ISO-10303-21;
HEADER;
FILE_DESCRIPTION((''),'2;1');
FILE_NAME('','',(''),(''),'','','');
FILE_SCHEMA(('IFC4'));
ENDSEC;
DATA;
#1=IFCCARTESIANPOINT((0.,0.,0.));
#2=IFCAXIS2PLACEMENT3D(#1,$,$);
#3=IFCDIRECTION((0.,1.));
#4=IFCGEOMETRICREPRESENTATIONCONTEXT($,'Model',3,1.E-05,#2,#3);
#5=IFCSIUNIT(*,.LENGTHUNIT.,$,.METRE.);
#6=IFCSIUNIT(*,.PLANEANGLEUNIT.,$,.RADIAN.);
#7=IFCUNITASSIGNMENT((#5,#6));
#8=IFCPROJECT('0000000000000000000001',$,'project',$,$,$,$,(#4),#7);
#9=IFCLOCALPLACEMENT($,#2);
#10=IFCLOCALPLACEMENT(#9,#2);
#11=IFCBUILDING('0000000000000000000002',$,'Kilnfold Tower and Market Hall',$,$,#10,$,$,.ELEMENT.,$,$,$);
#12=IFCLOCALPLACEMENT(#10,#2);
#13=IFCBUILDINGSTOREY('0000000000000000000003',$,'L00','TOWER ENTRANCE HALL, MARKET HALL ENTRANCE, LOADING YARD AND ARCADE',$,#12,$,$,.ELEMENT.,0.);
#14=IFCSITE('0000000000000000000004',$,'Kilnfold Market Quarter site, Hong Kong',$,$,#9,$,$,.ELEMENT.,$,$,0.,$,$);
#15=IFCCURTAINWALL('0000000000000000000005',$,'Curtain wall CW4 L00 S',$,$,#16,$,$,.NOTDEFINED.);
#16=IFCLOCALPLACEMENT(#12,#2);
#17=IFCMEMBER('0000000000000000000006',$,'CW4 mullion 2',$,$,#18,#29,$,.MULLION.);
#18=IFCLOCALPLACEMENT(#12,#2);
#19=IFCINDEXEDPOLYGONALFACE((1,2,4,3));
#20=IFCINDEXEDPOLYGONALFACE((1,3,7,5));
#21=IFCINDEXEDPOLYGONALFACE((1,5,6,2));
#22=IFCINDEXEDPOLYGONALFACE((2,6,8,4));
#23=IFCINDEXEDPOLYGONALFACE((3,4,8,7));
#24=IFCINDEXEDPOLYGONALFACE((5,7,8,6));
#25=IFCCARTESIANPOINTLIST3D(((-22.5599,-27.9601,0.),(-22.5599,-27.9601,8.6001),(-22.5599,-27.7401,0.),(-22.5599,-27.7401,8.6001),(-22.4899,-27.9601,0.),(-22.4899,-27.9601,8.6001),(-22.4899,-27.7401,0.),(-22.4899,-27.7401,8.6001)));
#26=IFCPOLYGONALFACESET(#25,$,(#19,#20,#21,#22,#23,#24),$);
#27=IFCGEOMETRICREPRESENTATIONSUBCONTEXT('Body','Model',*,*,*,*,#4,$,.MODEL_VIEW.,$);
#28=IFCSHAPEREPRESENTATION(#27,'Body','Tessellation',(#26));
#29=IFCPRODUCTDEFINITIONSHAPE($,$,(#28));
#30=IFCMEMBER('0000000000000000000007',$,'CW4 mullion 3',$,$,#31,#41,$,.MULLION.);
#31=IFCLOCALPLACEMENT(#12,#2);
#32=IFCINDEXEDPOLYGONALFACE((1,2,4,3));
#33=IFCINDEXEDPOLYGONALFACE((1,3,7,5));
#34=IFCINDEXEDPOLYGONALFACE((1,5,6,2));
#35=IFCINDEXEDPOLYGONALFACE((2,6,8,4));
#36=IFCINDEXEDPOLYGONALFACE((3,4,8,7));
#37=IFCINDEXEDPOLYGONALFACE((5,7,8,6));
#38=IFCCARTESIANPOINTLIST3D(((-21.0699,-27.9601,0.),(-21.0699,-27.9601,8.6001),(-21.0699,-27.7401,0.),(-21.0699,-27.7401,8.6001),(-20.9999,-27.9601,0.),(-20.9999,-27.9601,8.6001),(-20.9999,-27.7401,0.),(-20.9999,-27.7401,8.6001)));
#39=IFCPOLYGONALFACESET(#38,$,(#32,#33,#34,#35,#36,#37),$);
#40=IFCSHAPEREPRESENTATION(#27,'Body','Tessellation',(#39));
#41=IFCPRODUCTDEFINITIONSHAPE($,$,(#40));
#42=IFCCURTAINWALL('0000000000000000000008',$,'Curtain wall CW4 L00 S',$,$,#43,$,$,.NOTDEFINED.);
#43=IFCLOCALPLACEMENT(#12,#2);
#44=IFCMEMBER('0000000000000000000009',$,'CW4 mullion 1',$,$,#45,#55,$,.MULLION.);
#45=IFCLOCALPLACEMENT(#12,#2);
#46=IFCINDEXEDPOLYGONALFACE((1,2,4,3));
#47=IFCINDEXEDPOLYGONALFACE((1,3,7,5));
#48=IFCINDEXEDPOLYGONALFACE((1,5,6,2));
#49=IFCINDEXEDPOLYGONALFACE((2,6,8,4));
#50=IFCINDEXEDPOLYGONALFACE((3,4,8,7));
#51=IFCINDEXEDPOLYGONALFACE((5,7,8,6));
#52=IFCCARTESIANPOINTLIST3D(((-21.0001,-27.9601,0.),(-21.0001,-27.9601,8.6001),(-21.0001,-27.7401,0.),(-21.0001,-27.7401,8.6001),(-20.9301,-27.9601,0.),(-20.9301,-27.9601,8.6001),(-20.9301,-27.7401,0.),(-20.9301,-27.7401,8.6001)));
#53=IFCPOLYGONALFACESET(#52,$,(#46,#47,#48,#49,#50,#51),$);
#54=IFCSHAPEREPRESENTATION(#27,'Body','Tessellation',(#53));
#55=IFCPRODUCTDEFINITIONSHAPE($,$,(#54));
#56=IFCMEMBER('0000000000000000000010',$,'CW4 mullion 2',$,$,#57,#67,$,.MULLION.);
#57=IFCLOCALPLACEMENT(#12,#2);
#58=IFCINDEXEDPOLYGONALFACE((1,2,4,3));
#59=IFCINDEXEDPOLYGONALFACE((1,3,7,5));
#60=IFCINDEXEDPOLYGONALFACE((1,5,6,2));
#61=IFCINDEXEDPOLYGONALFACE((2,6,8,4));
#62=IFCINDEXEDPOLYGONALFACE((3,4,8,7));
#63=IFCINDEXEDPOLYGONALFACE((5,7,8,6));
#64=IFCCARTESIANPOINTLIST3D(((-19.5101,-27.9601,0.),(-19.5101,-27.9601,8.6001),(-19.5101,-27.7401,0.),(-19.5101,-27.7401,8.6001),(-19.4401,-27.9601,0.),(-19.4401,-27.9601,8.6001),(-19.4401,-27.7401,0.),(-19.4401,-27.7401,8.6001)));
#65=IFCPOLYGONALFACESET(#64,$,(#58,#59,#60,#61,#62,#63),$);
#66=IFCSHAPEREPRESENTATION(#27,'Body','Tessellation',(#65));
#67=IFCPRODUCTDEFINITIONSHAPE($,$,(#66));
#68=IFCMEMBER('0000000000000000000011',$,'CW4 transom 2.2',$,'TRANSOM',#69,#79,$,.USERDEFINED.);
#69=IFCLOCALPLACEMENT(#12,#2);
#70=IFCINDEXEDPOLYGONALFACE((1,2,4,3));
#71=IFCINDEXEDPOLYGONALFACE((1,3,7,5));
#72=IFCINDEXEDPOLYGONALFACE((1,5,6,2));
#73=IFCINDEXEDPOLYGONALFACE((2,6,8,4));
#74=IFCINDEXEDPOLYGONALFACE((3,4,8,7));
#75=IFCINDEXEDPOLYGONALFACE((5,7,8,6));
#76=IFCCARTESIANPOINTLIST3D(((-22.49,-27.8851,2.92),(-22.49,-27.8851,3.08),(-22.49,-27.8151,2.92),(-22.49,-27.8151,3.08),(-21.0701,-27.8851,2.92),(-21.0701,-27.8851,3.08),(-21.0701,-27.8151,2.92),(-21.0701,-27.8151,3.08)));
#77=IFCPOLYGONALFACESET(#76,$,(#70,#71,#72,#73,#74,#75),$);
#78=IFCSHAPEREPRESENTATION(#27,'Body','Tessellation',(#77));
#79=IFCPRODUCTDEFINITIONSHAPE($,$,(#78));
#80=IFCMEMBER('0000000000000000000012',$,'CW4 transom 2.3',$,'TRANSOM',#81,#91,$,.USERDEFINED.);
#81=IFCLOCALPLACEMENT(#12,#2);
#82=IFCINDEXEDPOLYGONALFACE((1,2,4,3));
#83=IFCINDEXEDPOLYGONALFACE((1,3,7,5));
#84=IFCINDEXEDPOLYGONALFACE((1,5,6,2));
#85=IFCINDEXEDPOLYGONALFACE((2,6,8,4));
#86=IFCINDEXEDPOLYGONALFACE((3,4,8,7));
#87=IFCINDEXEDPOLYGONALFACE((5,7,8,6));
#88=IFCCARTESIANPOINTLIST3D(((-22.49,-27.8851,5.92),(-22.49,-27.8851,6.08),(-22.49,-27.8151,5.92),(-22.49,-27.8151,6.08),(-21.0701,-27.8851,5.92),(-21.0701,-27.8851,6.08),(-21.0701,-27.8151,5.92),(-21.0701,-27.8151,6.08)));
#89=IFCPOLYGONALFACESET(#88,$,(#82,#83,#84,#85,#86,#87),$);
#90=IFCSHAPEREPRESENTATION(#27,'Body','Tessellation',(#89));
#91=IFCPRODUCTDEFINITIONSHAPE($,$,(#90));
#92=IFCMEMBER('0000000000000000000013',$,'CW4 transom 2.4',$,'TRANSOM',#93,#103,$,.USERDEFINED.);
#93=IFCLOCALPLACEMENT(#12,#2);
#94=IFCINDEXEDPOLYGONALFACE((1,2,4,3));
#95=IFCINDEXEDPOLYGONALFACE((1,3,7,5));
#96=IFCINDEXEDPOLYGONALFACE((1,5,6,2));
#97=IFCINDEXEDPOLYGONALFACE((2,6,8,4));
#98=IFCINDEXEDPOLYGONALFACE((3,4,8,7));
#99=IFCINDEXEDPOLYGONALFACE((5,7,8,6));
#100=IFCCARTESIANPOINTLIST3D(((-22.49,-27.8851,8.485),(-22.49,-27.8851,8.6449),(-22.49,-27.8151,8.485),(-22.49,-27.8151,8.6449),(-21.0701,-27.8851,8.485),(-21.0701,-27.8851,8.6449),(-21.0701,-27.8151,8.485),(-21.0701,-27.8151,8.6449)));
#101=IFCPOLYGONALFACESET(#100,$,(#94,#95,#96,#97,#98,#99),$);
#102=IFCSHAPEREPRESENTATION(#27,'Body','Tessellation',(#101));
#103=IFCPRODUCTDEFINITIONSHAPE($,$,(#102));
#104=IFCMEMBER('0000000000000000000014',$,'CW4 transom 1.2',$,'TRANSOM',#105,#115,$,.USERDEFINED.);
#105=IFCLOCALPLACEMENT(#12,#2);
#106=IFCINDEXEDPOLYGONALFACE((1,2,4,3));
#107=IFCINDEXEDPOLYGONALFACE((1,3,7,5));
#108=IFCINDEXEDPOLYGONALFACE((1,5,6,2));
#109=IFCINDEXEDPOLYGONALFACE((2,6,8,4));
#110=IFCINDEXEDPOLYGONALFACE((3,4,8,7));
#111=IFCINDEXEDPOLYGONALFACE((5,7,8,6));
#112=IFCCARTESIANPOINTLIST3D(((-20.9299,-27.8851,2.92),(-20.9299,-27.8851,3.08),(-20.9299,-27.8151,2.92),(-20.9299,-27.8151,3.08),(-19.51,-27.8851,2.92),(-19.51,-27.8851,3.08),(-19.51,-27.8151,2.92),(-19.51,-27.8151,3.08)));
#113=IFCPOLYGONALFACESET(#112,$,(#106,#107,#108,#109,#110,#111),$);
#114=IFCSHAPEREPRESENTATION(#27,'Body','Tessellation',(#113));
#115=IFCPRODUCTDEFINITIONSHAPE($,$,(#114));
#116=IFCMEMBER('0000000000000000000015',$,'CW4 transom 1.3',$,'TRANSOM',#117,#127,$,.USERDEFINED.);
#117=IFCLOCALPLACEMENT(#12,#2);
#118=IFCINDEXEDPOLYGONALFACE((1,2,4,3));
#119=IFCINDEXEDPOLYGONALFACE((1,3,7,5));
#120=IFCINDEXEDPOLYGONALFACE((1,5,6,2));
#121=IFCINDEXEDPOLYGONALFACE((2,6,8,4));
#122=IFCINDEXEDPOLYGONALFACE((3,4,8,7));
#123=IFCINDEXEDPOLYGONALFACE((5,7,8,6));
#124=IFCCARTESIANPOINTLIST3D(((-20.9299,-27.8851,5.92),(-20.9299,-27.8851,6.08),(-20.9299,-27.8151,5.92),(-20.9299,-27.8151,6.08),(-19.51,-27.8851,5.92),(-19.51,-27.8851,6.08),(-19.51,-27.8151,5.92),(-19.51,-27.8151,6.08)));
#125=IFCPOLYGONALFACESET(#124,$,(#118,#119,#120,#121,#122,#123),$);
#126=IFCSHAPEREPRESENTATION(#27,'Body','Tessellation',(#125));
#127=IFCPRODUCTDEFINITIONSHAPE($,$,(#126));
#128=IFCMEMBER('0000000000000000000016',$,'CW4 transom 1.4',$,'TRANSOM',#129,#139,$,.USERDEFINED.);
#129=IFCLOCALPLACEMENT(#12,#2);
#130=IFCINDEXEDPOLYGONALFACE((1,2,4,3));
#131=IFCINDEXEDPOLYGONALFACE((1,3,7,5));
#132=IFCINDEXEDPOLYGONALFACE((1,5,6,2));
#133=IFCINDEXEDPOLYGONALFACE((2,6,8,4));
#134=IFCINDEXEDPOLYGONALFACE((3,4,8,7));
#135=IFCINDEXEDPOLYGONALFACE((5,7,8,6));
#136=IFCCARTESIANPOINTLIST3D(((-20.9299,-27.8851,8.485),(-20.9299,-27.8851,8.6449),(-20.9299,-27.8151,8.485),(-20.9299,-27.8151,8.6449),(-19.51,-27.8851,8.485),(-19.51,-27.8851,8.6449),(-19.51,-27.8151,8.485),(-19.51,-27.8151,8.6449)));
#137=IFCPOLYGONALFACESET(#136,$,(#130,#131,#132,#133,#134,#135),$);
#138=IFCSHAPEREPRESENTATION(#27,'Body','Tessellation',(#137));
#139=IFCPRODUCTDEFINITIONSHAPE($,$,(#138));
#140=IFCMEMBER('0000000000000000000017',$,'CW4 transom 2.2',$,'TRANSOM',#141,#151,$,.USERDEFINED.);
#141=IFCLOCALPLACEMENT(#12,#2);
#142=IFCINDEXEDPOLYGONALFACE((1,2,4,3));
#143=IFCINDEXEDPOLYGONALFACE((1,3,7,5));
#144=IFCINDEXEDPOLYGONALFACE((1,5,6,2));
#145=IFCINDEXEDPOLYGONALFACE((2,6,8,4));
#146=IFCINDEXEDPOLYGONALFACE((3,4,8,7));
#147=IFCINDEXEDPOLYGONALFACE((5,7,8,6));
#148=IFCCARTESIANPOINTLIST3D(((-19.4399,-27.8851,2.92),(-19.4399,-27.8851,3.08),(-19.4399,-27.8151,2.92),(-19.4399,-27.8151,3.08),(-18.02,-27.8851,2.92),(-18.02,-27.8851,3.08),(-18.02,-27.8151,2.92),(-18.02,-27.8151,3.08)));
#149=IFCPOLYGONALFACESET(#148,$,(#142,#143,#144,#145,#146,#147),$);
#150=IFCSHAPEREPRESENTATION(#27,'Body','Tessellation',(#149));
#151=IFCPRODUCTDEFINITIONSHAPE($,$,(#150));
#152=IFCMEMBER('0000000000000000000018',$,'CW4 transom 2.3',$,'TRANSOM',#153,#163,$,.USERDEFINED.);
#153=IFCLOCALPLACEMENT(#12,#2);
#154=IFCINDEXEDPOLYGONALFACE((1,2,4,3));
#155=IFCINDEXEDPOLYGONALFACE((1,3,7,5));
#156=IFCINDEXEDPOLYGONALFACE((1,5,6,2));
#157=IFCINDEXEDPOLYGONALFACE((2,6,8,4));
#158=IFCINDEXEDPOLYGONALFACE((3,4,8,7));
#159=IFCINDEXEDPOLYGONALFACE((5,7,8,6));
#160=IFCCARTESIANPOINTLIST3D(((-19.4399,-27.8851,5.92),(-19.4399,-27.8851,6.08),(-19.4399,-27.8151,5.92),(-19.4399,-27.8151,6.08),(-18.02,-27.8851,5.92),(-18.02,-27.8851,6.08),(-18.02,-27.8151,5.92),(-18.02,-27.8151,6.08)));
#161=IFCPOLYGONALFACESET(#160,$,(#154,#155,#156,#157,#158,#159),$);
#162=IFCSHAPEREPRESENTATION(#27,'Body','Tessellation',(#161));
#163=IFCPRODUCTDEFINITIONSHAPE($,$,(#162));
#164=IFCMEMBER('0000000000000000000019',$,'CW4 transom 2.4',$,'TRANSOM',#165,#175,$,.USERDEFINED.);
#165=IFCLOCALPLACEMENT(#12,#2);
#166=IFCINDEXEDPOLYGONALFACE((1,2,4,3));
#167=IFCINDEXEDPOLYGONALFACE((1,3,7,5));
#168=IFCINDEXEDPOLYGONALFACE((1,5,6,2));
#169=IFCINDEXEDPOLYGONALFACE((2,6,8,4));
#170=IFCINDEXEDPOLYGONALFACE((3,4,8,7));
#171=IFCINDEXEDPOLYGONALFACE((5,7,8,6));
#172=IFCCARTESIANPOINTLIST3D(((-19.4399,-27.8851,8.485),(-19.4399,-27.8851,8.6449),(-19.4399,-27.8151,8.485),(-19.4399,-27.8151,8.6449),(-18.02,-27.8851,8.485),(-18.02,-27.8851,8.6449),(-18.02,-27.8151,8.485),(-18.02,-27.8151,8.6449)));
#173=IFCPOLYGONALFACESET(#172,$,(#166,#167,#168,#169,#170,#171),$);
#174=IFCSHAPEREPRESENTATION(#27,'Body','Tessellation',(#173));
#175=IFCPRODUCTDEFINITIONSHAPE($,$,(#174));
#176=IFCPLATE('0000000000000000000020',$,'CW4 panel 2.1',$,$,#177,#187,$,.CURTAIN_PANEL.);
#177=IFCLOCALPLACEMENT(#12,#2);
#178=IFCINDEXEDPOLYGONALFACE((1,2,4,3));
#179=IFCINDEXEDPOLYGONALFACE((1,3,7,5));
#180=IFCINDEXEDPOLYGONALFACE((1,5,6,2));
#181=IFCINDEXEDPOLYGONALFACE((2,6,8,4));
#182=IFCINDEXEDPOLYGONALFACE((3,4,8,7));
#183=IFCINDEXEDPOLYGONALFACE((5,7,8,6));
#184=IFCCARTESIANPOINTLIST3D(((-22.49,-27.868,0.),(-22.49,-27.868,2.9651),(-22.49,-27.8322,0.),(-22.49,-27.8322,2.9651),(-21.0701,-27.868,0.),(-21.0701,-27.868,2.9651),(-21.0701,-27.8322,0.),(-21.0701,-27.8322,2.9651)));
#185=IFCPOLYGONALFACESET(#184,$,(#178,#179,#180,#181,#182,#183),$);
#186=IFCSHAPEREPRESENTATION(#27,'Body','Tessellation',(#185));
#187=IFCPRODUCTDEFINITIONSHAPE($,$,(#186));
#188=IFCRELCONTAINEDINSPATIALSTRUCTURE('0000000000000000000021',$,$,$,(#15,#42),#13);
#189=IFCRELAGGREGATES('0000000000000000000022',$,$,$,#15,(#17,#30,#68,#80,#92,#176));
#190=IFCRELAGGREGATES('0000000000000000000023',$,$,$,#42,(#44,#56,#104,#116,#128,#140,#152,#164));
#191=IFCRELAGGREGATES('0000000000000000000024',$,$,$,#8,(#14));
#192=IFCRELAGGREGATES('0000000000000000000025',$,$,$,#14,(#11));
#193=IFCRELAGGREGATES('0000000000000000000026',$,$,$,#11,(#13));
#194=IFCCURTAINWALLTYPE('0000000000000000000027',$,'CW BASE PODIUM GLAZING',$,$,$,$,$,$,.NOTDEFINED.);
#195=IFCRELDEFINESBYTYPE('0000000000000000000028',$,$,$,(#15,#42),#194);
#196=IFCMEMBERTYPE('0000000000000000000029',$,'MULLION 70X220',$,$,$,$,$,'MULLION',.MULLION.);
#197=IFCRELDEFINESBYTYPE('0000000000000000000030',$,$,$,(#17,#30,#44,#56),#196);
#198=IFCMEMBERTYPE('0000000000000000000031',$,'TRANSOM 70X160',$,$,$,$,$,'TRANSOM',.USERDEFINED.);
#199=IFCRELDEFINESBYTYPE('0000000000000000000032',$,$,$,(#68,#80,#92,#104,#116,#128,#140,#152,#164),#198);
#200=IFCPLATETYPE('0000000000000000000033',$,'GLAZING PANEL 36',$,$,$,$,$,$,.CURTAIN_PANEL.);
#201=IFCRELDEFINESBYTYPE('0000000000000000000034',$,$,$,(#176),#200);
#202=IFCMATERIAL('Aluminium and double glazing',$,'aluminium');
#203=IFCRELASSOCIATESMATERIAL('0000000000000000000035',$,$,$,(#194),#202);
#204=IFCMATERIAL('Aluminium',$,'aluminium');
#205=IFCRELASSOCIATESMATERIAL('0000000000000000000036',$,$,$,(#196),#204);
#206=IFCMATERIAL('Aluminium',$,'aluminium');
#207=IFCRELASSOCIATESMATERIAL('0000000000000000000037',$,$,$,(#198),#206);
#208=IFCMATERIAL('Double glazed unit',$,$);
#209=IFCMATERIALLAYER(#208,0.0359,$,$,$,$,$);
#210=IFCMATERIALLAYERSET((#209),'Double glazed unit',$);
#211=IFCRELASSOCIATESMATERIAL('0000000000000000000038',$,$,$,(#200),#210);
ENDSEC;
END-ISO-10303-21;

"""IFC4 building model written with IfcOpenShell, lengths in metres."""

from ifc_helpers import new_model, si_unit, direction, frame, origin, origin_2d, place, context, subcontext, project, spatial, rectangle, extrude, source, transform, mapped, material, layer, layer_set, material_profile, profile_set, type_object, element, aggregate, save


model = new_model("IFC4")

# Units and contexts
model_context = context("Model", 3, precision=1e-05, world=origin(), true_north=direction((0.0, 1.0)))
body_context = subcontext(model_context, "Body", "Model", "MODEL_VIEW")
ifc_project = project(units=[si_unit("LENGTHUNIT", "METRE"), si_unit("PLANEANGLEUNIT", "RADIAN")], contexts=[model_context])

# Site, building, storey
site_placement = place(None, origin())
site = spatial("IfcSite", under=ifc_project, at=site_placement, Name="Kilnfold Market Quarter site, Hong Kong", CompositionType="ELEMENT", RefElevation=0.0)
building_placement = place(site_placement, origin())
building = spatial("IfcBuilding", under=site, at=building_placement, Name="Kilnfold Tower and Market Hall", CompositionType="ELEMENT")
storey_placement = place(building_placement, origin())
storey = spatial("IfcBuildingStorey", under=building, at=storey_placement, Name="L00", Description="TOWER ENTRANCE HALL, MARKET HALL ENTRANCE, LOADING YARD AND ARCADE", CompositionType="ELEMENT", Elevation=0.0)

# Curtain walls, members
ifc_material_1 = material(Name="Aluminium and double glazing", Category="aluminium")
curtain_wall_type = type_object("IfcCurtainWallType", Name="CW BASE PODIUM GLAZING", PredefinedType="NOTDEFINED", material=ifc_material_1)
curtain_wall_1_placement = place(storey_placement, origin())
curtain_wall_1 = element("IfcCurtainWall", 1, at=curtain_wall_1_placement, inside=storey, type_object=curtain_wall_type, Name="Curtain wall CW4 L00 S", PredefinedType="NOTDEFINED")
ifc_material_2 = material(Name="Aluminium", Category="aluminium")
ifc_material_profile_1 = material_profile(ifc_material_2, rectangle(XDim=0.0701, YDim=0.22, at=origin_2d()), Name="MULLION 70x220")
ifc_profile_set_1 = profile_set([ifc_material_profile_1], Name="Aluminium")
member_type_1 = type_object("IfcMemberType", Name="MULLION 70X220", ElementType="MULLION", PredefinedType="MULLION", material=ifc_profile_set_1)
shared_shape_1 = source(origin(), body_context, "Body", "SweptSolid", [
    extrude(rectangle(XDim=0.0701, YDim=0.22, at=origin_2d()), origin(), (0.0, 0.0, 1.0), 8.6001),
])
member_1_placement = place(storey_placement, frame((-22.5249, -27.8501, 0.0), z_axis=(0.0, 0.0, 1.0), x_axis=(1.0, 0.0, 0.0)))
member_1 = element("IfcMember", 2, at=member_1_placement, type_object=member_type_1, Name="CW4 mullion 2", PredefinedType="MULLION", context=body_context, shape_type="MappedRepresentation", body=[
    mapped(shared_shape_1, transform((0.0, 0.0, 0.0))),
])
member_2_placement = place(storey_placement, frame((-21.0349, -27.8501, 0.0), z_axis=(0.0, 0.0, 1.0), x_axis=(1.0, 0.0, 0.0)))
member_2 = element("IfcMember", 3, at=member_2_placement, type_object=member_type_1, Name="CW4 mullion 3", PredefinedType="MULLION", context=body_context, shape_type="MappedRepresentation", body=[
    mapped(shared_shape_1, transform((0.0, 0.0, 0.0))),
])
curtain_wall_2_placement = place(storey_placement, origin())
curtain_wall_2 = element("IfcCurtainWall", 4, at=curtain_wall_2_placement, inside=storey, type_object=curtain_wall_type, Name="Curtain wall CW4 L00 S", PredefinedType="NOTDEFINED")
member_3_placement = place(storey_placement, frame((-20.9651, -27.8501, 0.0), z_axis=(0.0, 0.0, 1.0), x_axis=(1.0, 0.0, 0.0)))
member_3 = element("IfcMember", 5, at=member_3_placement, type_object=member_type_1, Name="CW4 mullion 1", PredefinedType="MULLION", context=body_context, shape_type="MappedRepresentation", body=[
    mapped(shared_shape_1, transform((0.0, 0.0, 0.0))),
])
member_4_placement = place(storey_placement, frame((-19.4751, -27.8501, 0.0), z_axis=(0.0, 0.0, 1.0), x_axis=(1.0, 0.0, 0.0)))
member_4 = element("IfcMember", 6, at=member_4_placement, type_object=member_type_1, Name="CW4 mullion 2", PredefinedType="MULLION", context=body_context, shape_type="MappedRepresentation", body=[
    mapped(shared_shape_1, transform((0.0, 0.0, 0.0))),
])

# Members
ifc_material_3 = material(Name="Aluminium", Category="aluminium")
ifc_material_profile_2 = material_profile(ifc_material_3, rectangle(XDim=0.0701, YDim=0.1599, at=origin_2d()), Name="TRANSOM 70x160")
ifc_profile_set_2 = profile_set([ifc_material_profile_2], Name="Aluminium")
member_type_2 = type_object("IfcMemberType", Name="TRANSOM 70X160", ElementType="TRANSOM", PredefinedType="USERDEFINED", material=ifc_profile_set_2)
shared_shape_2 = source(origin(), body_context, "Body", "SweptSolid", [
    extrude(rectangle(XDim=0.0701, YDim=0.1599, at=origin_2d()), origin(), (0.0, 0.0, 1.0), 1.4199),
])
member_5_placement = place(storey_placement, frame((-22.49, -27.8501, 3.0), z_axis=(1.0, 0.0, 0.0), x_axis=(0.0, 1.0, 0.0)))
member_5 = element("IfcMember", 7, at=member_5_placement, type_object=member_type_2, Name="CW4 transom 2.2", ObjectType="TRANSOM", PredefinedType="USERDEFINED", context=body_context, shape_type="MappedRepresentation", body=[
    mapped(shared_shape_2, transform((0.0, 0.0, 0.0))),
])
member_6_placement = place(storey_placement, frame((-22.49, -27.8501, 6.0), z_axis=(1.0, 0.0, 0.0), x_axis=(0.0, 1.0, 0.0)))
member_6 = element("IfcMember", 8, at=member_6_placement, type_object=member_type_2, Name="CW4 transom 2.3", ObjectType="TRANSOM", PredefinedType="USERDEFINED", context=body_context, shape_type="MappedRepresentation", body=[
    mapped(shared_shape_2, transform((0.0, 0.0, 0.0))),
])
member_7_placement = place(storey_placement, frame((-22.49, -27.8501, 8.5649), z_axis=(1.0, 0.0, 0.0), x_axis=(0.0, 1.0, 0.0)))
member_7 = element("IfcMember", 9, at=member_7_placement, type_object=member_type_2, Name="CW4 transom 2.4", ObjectType="TRANSOM", PredefinedType="USERDEFINED", context=body_context, shape_type="MappedRepresentation", body=[
    mapped(shared_shape_2, transform((0.0, 0.0, 0.0))),
])
member_8_placement = place(storey_placement, frame((-20.9299, -27.8501, 3.0), z_axis=(1.0, 0.0, 0.0), x_axis=(0.0, 1.0, 0.0)))
member_8 = element("IfcMember", 10, at=member_8_placement, type_object=member_type_2, Name="CW4 transom 1.2", ObjectType="TRANSOM", PredefinedType="USERDEFINED", context=body_context, shape_type="MappedRepresentation", body=[
    mapped(shared_shape_2, transform((0.0, 0.0, 0.0))),
])
member_9_placement = place(storey_placement, frame((-20.9299, -27.8501, 6.0), z_axis=(1.0, 0.0, 0.0), x_axis=(0.0, 1.0, 0.0)))
member_9 = element("IfcMember", 11, at=member_9_placement, type_object=member_type_2, Name="CW4 transom 1.3", ObjectType="TRANSOM", PredefinedType="USERDEFINED", context=body_context, shape_type="MappedRepresentation", body=[
    mapped(shared_shape_2, transform((0.0, 0.0, 0.0))),
])
member_10_placement = place(storey_placement, frame((-20.9299, -27.8501, 8.5649), z_axis=(1.0, 0.0, 0.0), x_axis=(0.0, 1.0, 0.0)))
member_10 = element("IfcMember", 12, at=member_10_placement, type_object=member_type_2, Name="CW4 transom 1.4", ObjectType="TRANSOM", PredefinedType="USERDEFINED", context=body_context, shape_type="MappedRepresentation", body=[
    mapped(shared_shape_2, transform((0.0, 0.0, 0.0))),
])
member_11_placement = place(storey_placement, frame((-19.4399, -27.8501, 3.0), z_axis=(1.0, 0.0, 0.0), x_axis=(0.0, 1.0, 0.0)))
member_11 = element("IfcMember", 13, at=member_11_placement, type_object=member_type_2, Name="CW4 transom 2.2", ObjectType="TRANSOM", PredefinedType="USERDEFINED", context=body_context, shape_type="MappedRepresentation", body=[
    mapped(shared_shape_2, transform((0.0, 0.0, 0.0))),
])
member_12_placement = place(storey_placement, frame((-19.4399, -27.8501, 6.0), z_axis=(1.0, 0.0, 0.0), x_axis=(0.0, 1.0, 0.0)))
member_12 = element("IfcMember", 14, at=member_12_placement, type_object=member_type_2, Name="CW4 transom 2.3", ObjectType="TRANSOM", PredefinedType="USERDEFINED", context=body_context, shape_type="MappedRepresentation", body=[
    mapped(shared_shape_2, transform((0.0, 0.0, 0.0))),
])
member_13_placement = place(storey_placement, frame((-19.4399, -27.8501, 8.5649), z_axis=(1.0, 0.0, 0.0), x_axis=(0.0, 1.0, 0.0)))
member_13 = element("IfcMember", 15, at=member_13_placement, type_object=member_type_2, Name="CW4 transom 2.4", ObjectType="TRANSOM", PredefinedType="USERDEFINED", context=body_context, shape_type="MappedRepresentation", body=[
    mapped(shared_shape_2, transform((0.0, 0.0, 0.0))),
])

# Plate
ifc_material_4 = material(Name="Double glazed unit")
ifc_layer = layer(ifc_material_4, 0.0359)
ifc_layer_set = layer_set([ifc_layer], Name="Double glazed unit")
plate_type = type_object("IfcPlateType", Name="GLAZING PANEL 36", PredefinedType="CURTAIN_PANEL", material=ifc_layer_set)
shared_shape_3 = source(origin(), body_context, "Body", "SweptSolid", [
    extrude(rectangle(XDim=1.4199, YDim=0.0359, at=origin_2d()), origin(), (0.0, 0.0, 1.0), 2.9651),
])
plate_1_placement = place(storey_placement, frame((-21.78, -27.8501, 0.0), z_axis=(0.0, 0.0, 1.0), x_axis=(1.0, 0.0, 0.0)))
plate_1 = element("IfcPlate", 16, at=plate_1_placement, type_object=plate_type, Name="CW4 panel 2.1", PredefinedType="CURTAIN_PANEL", context=body_context, shape_type="MappedRepresentation", body=[
    mapped(shared_shape_3, transform((0.0, 0.0, 0.0))),
])
aggregate(curtain_wall_1, [member_1, member_2, member_5, member_6, member_7, plate_1])
aggregate(curtain_wall_2, [member_3, member_4, member_8, member_9, member_10, member_11, member_12, member_13])

save(model, "model.ifc")
